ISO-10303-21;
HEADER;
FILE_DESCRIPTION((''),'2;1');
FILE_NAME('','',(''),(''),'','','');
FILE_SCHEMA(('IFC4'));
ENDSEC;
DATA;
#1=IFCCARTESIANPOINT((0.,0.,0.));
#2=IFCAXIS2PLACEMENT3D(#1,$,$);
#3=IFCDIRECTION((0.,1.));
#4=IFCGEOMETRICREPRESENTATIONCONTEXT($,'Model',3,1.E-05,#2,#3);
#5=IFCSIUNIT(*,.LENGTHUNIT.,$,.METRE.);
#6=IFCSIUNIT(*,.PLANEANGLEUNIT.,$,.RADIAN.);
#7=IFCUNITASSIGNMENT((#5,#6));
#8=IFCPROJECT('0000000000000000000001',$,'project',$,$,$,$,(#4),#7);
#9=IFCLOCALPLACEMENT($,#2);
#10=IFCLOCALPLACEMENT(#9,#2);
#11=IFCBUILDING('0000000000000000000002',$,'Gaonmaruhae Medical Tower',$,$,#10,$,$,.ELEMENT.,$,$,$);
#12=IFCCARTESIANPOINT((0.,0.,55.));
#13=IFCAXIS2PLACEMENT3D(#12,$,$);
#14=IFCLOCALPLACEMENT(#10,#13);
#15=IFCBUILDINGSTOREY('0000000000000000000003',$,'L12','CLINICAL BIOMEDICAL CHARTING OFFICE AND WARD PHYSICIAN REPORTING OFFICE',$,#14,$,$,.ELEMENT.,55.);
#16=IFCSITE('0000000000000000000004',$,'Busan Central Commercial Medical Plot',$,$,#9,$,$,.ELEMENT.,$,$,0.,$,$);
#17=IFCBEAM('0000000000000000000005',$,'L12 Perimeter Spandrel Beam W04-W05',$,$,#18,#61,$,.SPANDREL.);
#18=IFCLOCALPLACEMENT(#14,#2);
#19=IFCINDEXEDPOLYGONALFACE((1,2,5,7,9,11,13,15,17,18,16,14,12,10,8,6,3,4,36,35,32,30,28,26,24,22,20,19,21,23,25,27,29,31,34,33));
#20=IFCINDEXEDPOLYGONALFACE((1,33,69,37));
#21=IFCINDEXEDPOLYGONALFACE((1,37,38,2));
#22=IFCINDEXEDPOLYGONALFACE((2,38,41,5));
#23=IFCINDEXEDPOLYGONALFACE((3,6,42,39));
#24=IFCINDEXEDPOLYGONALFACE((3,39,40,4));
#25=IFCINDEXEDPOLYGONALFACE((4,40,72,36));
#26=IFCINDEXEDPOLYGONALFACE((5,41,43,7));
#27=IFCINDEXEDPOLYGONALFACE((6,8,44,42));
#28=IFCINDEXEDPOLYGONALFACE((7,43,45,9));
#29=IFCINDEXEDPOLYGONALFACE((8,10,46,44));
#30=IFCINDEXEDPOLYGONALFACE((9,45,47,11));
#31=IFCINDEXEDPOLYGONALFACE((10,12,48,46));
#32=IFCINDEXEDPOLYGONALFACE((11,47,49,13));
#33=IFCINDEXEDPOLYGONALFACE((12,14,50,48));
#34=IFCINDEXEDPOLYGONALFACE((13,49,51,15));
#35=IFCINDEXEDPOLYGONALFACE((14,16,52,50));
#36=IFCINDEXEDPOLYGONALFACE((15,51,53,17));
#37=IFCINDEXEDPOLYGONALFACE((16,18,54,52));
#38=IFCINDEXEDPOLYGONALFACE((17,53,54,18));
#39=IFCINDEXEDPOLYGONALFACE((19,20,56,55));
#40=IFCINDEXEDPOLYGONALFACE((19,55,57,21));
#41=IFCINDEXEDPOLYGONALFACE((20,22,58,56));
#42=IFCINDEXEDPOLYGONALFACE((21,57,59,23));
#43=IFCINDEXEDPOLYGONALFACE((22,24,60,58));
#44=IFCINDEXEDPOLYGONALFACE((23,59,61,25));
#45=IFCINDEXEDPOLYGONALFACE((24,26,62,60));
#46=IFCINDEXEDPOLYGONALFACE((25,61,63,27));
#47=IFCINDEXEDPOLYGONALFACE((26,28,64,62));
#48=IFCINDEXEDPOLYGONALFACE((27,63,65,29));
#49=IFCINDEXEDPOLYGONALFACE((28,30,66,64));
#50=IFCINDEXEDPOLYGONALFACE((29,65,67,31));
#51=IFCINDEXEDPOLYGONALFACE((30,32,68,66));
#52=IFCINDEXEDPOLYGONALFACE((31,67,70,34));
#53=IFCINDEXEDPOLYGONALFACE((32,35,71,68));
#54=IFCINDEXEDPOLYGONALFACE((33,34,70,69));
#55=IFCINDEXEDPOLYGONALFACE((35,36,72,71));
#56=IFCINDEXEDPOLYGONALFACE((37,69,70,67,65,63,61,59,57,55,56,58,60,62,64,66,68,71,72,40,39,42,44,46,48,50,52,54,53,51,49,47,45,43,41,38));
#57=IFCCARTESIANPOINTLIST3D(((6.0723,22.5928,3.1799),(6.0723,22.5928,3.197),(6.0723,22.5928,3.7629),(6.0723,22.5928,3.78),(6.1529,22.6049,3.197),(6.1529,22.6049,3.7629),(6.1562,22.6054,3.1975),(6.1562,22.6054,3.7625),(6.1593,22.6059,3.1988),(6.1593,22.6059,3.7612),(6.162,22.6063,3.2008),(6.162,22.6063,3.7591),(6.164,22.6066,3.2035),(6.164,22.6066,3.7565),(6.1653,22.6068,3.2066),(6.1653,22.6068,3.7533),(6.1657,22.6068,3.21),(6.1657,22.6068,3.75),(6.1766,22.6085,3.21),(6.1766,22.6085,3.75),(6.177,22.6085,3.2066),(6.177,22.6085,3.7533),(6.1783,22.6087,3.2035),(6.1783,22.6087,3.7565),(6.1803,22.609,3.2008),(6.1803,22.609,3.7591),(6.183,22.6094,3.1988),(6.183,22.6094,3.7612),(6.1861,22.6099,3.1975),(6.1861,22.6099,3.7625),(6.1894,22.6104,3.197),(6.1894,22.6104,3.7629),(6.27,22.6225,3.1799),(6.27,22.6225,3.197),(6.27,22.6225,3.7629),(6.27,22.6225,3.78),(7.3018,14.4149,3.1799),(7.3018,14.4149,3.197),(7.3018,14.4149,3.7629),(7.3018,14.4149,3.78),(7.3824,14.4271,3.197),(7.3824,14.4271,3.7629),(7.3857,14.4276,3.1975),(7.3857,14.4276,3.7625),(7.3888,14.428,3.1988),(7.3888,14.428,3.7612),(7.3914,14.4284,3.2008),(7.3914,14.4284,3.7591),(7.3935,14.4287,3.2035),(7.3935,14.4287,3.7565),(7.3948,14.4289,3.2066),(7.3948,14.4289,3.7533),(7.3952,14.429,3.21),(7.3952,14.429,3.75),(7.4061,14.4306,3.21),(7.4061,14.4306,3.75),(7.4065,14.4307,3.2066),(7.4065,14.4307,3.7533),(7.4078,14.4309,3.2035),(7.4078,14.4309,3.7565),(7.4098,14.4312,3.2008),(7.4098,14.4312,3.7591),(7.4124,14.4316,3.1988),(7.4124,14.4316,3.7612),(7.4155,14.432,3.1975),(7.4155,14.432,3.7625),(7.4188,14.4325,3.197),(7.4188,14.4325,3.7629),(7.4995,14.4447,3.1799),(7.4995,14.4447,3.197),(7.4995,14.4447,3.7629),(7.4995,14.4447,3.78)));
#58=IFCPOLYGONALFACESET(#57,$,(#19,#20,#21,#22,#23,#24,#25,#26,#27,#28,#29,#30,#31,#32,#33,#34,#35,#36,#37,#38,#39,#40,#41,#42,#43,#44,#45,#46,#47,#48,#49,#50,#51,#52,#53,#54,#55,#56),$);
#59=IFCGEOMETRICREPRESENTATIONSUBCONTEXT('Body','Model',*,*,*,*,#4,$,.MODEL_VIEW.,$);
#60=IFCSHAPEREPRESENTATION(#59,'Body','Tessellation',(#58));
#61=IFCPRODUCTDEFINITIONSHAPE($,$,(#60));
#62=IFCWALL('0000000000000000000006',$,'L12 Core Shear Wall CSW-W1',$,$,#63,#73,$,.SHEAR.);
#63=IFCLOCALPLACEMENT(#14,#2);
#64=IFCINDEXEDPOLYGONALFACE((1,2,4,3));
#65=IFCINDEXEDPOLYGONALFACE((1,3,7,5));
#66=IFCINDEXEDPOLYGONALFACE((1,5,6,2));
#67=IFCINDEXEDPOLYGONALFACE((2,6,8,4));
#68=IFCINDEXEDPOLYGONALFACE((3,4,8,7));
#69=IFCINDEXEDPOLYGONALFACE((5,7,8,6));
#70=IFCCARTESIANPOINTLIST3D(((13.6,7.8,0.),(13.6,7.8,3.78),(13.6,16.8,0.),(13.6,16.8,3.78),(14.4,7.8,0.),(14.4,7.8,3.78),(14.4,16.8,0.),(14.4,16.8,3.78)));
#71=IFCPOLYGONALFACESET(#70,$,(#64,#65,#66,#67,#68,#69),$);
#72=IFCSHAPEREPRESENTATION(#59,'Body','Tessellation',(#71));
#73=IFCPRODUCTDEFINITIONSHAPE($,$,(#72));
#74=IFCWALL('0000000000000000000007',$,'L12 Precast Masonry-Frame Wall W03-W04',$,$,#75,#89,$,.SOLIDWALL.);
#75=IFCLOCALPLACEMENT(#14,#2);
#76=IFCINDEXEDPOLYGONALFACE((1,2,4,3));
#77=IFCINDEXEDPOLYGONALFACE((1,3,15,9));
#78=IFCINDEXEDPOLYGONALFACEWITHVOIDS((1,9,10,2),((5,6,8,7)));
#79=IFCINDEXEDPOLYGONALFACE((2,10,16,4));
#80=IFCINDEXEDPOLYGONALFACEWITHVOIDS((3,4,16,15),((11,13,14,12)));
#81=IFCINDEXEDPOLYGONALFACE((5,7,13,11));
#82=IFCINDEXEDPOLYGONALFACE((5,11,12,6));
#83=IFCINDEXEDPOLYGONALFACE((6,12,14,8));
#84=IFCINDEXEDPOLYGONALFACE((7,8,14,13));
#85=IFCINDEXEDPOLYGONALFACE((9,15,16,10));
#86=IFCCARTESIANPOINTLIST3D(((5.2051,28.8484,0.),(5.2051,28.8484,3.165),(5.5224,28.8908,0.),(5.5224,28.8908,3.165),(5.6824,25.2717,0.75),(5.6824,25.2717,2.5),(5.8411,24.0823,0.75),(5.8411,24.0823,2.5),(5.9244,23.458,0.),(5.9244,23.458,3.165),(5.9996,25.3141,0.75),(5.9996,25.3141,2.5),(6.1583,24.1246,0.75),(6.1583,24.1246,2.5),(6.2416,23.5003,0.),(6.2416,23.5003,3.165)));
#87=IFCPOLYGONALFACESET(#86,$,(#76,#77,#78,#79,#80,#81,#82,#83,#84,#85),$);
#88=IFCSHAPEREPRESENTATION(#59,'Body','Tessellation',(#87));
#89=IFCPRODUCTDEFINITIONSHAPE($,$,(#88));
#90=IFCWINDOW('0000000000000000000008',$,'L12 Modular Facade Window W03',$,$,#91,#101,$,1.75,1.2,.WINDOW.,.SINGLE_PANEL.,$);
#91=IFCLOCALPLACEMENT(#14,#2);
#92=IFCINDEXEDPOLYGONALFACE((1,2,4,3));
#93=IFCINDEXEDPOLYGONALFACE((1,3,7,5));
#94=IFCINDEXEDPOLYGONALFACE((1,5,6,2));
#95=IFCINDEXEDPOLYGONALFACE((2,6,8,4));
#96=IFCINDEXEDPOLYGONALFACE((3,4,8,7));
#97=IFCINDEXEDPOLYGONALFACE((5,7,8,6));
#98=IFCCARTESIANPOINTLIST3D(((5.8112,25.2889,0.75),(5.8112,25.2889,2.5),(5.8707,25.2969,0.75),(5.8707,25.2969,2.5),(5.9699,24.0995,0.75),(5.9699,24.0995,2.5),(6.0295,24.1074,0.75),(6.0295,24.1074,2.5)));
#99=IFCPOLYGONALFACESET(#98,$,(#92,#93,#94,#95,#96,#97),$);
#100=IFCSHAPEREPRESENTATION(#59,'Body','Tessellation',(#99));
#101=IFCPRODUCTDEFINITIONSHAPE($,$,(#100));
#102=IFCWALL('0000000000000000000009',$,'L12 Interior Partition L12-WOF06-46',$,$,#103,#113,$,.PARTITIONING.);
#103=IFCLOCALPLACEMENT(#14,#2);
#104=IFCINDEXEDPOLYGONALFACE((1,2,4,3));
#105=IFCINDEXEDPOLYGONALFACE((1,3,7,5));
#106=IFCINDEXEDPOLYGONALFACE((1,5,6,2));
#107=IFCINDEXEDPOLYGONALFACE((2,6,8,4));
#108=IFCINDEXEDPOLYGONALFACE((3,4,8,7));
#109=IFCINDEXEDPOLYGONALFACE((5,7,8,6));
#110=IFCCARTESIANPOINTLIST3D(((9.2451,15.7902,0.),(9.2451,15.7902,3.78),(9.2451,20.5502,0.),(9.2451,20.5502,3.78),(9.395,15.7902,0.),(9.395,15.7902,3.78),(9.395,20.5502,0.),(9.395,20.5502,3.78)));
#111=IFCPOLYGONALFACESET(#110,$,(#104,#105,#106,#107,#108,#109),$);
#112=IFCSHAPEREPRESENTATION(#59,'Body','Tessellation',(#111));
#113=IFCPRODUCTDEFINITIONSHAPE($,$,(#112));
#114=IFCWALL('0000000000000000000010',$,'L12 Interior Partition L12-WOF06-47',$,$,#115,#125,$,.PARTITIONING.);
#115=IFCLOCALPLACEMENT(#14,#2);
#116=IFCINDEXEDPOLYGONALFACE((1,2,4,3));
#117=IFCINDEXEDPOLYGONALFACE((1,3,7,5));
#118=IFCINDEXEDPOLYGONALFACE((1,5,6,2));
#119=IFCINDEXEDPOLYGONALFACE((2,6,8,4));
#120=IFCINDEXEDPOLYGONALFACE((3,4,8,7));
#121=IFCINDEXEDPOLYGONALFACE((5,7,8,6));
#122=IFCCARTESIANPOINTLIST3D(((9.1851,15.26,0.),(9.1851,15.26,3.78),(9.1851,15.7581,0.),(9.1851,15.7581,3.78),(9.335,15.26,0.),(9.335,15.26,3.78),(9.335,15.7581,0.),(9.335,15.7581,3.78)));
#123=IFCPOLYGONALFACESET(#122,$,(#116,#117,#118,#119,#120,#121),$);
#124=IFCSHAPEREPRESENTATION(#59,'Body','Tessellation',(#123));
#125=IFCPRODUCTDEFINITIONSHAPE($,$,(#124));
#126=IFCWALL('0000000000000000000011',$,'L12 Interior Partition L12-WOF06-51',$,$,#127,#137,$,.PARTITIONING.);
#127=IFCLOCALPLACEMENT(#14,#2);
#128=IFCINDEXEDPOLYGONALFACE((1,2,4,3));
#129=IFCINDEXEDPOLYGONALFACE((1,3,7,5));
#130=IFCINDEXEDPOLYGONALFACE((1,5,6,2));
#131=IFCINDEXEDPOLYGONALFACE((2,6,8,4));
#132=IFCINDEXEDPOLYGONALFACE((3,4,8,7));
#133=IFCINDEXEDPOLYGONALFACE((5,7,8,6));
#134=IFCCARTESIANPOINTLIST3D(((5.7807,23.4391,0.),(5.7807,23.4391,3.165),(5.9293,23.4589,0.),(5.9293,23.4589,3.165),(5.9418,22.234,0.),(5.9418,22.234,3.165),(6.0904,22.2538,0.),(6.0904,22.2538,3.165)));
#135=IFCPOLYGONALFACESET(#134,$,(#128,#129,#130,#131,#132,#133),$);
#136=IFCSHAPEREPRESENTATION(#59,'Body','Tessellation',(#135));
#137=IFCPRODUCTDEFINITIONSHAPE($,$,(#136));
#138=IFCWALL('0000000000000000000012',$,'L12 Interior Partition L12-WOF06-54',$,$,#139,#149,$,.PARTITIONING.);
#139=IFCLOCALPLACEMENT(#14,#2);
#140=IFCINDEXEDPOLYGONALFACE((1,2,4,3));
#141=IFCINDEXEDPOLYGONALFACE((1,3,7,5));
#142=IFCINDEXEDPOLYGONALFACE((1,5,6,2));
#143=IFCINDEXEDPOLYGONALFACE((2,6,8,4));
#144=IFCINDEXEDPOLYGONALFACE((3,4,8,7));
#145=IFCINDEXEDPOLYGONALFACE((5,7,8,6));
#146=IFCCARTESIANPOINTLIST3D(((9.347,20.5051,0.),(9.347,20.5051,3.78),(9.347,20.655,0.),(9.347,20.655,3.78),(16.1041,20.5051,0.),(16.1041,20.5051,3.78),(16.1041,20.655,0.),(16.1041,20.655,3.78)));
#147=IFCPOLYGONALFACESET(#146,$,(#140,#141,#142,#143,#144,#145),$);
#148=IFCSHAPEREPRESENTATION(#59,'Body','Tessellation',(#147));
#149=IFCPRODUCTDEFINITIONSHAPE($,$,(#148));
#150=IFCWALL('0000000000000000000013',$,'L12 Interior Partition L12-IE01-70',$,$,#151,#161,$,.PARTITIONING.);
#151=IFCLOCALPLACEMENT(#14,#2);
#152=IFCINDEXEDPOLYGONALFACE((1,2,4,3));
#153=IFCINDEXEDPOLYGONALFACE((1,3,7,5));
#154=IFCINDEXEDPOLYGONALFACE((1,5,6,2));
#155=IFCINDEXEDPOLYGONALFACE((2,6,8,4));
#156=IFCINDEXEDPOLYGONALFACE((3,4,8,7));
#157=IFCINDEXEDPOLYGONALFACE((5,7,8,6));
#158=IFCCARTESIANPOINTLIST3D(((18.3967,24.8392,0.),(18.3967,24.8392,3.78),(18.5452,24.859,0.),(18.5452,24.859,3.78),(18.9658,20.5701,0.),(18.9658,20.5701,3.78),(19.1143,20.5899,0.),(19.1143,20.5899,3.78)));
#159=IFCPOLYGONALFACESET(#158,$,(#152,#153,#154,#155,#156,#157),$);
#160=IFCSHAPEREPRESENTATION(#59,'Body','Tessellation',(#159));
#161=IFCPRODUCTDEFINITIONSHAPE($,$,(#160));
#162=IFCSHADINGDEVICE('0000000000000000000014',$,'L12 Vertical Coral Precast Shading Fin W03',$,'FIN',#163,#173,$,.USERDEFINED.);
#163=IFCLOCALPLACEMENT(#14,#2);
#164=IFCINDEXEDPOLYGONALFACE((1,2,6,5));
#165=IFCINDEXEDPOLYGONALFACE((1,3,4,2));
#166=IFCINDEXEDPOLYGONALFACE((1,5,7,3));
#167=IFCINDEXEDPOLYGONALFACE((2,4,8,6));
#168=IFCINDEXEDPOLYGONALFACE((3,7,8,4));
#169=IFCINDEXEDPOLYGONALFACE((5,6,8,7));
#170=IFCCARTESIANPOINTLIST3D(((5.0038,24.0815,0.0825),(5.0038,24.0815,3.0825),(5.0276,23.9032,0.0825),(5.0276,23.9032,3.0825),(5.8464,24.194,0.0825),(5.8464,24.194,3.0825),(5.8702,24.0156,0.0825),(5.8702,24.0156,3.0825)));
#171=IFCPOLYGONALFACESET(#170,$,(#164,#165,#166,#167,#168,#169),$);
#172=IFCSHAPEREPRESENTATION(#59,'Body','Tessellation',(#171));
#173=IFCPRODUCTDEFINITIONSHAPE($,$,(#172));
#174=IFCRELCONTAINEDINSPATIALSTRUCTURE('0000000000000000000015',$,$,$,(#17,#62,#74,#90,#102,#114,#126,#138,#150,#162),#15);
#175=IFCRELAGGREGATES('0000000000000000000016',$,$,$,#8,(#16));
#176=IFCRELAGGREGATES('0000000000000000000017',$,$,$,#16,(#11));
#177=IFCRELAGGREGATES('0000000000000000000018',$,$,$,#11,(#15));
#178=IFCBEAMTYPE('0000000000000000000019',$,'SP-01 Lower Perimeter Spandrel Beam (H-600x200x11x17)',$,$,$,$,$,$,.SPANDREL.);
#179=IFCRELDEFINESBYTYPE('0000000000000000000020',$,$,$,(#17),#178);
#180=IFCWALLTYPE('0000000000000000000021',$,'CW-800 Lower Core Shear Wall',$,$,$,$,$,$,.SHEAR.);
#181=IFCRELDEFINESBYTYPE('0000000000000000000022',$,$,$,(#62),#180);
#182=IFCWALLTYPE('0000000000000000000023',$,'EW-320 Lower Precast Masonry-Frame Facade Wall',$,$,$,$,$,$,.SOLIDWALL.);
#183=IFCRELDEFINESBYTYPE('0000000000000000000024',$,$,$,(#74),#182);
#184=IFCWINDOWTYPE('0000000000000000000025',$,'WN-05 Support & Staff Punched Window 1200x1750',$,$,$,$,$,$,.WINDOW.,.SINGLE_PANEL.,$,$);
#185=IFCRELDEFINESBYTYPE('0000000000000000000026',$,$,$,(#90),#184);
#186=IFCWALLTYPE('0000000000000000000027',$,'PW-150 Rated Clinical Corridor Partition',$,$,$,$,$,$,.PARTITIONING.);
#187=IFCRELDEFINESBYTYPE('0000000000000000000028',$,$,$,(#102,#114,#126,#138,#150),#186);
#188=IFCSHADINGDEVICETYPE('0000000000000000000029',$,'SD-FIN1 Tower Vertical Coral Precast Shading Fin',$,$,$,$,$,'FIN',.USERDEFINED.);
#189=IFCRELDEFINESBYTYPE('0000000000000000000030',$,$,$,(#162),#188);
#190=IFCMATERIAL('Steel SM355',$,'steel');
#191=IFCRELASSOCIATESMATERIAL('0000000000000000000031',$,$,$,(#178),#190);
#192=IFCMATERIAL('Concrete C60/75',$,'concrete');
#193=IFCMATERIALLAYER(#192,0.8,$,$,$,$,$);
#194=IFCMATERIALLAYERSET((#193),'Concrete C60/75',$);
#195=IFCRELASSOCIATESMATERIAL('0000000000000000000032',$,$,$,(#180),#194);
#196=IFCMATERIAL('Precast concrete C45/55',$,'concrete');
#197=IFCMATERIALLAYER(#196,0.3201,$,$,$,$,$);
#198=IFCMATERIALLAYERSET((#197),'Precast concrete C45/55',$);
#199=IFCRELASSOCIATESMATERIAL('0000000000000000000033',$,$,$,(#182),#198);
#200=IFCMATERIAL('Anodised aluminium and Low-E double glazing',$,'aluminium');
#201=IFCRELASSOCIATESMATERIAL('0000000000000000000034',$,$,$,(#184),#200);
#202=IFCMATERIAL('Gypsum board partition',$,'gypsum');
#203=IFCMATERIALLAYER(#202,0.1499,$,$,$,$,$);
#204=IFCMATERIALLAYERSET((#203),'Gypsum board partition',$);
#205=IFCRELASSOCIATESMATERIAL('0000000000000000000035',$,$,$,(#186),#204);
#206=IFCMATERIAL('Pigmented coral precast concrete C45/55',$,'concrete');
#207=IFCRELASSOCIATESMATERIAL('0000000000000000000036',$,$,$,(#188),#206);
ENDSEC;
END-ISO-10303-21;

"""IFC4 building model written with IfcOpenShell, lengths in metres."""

from ifc_helpers import new_model, si_unit, direction, frame, frame_2d, origin, origin_2d, place, context, subcontext, project, spatial, rectangle, i_section, extrude, material, layer, layer_set, material_profile, profile_set, type_object, element, fill, save


model = new_model("IFC4")

# Units and contexts
model_context = context("Model", 3, precision=1e-05, world=origin(), true_north=direction((0.0, 1.0)))
body_context = subcontext(model_context, "Body", "Model", "MODEL_VIEW")
ifc_project = project(units=[si_unit("LENGTHUNIT", "METRE"), si_unit("PLANEANGLEUNIT", "RADIAN")], contexts=[model_context])

# Site, building, storey
site_placement = place(None, origin())
site = spatial("IfcSite", under=ifc_project, at=site_placement, Name="Busan Central Commercial Medical Plot", CompositionType="ELEMENT", RefElevation=0.0)
building_placement = place(site_placement, origin())
building = spatial("IfcBuilding", under=site, at=building_placement, Name="Gaonmaruhae Medical Tower", CompositionType="ELEMENT")
storey_placement = place(building_placement, frame((0.0, 0.0, 55.0)))
storey = spatial("IfcBuildingStorey", under=building, at=storey_placement, Name="L12", Description="CLINICAL BIOMEDICAL CHARTING OFFICE AND WARD PHYSICIAN REPORTING OFFICE", CompositionType="ELEMENT", Elevation=55.0)

# Shared definitions
ifc_material_1 = material(Name="Concrete C60/75", Category="concrete")

# Beam
ifc_material_2 = material(Name="Steel SM355", Category="steel")
ifc_material_profile_1 = material_profile(ifc_material_2, i_section(OverallWidth=0.2, OverallDepth=0.6001, WebThickness=0.011, FlangeThickness=0.0171, FilletRadius=0.0129, at=origin_2d()), Name="H-600x200x11x17")
ifc_profile_set_1 = profile_set([ifc_material_profile_1], Name="Steel SM355")
beam_type_1 = type_object("IfcBeamType", Name="SP-01 Lower Perimeter Spandrel Beam (H-600x200x11x17)", PredefinedType="SPANDREL", material=ifc_profile_set_1)
beam_1_placement = place(storey_placement, frame((6.1711, 22.6077, 3.48), z_axis=(0.148671, -0.988887, 0.0), x_axis=(0.988887, 0.148671, 0.0)))
element("IfcBeam", 1, at=beam_1_placement, inside=storey, type_object=beam_type_1, Name="L12 Perimeter Spandrel Beam W04-W05", PredefinedType="SPANDREL", context=body_context, shape_type="SweptSolid", body=[
    extrude(i_section(OverallWidth=0.2, OverallDepth=0.6001, WebThickness=0.011, FlangeThickness=0.0171, FilletRadius=0.0129, at=origin_2d()), origin(), (0.0, 0.0, 1.0), 8.2698),
])

# Wall
ifc_layer_1 = layer(ifc_material_1, 0.8)
ifc_layer_set_1 = layer_set([ifc_layer_1], Name="Concrete C60/75")
wall_type_1 = type_object("IfcWallType", Name="CW-800 Lower Core Shear Wall", PredefinedType="SHEAR", material=ifc_layer_set_1)
wall_1_placement = place(storey_placement, frame((14.0, 16.8, 0.0), z_axis=(0.0, 0.0, 1.0), x_axis=(0.0, -1.0, 0.0)))
element("IfcWall", 2, at=wall_1_placement, inside=storey, type_object=wall_type_1, Name="L12 Core Shear Wall CSW-W1", PredefinedType="SHEAR", context=body_context, shape_type="SweptSolid", body=[
    extrude(rectangle(XDim=9.0, YDim=0.8, at=frame_2d((4.5, 0.0))), origin(), (0.0, 0.0, 1.0), 3.78),
])

# Wall, opening, window
ifc_material_3 = material(Name="Precast concrete C45/55", Category="concrete")
ifc_layer_2 = layer(ifc_material_3, 0.3201)
ifc_layer_set_2 = layer_set([ifc_layer_2], Name="Precast concrete C45/55")
wall_type_2 = type_object("IfcWallType", Name="EW-320 Lower Precast Masonry-Frame Facade Wall", PredefinedType="SOLIDWALL", material=ifc_layer_set_2)
wall_2_placement = place(storey_placement, frame((6.083, 23.479, 0.0), z_axis=(0.0, 0.0, 1.0), x_axis=(-0.132258, 0.991215, 0.0)))
wall_2 = element("IfcWall", 3, at=wall_2_placement, inside=storey, type_object=wall_type_2, Name="L12 Precast Masonry-Frame Wall W03-W04", PredefinedType="SOLIDWALL", context=body_context, shape_type="SweptSolid", body=[
    extrude(rectangle(XDim=5.4382, YDim=0.3201, at=frame_2d((2.7192, 0.0))), origin(), (0.0, 0.0, 1.0), 3.165),
])
opening_1_placement = place(wall_2_placement, frame((0.6299, 0.0, 0.75)))
opening_1 = element("IfcOpeningElement", 4, at=opening_1_placement, cuts=wall_2, PredefinedType="OPENING", context=body_context, shape_type="SweptSolid", body=[
    extrude(rectangle(XDim=1.2, YDim=1.75, at=frame_2d((0.6001, 0.875))), frame((0.0, 0.1699, 0.0), z_axis=(0.0, -1.0, 0.0), x_axis=(1.0, 0.0, 0.0)), (0.0, 0.0, 1.0), 0.3401),
])
ifc_material_4 = material(Name="Anodised aluminium and Low-E double glazing", Category="aluminium")
window_type = type_object("IfcWindowType", Name="WN-05 Support & Staff Punched Window 1200x1750", PartitioningType="SINGLE_PANEL", PredefinedType="WINDOW", material=ifc_material_4)
window_placement = place(opening_1_placement, origin())
window = element("IfcWindow", 5, at=window_placement, inside=storey, type_object=window_type, Name="L12 Modular Facade Window W03", OverallHeight=1.75, OverallWidth=1.2, PartitioningType="SINGLE_PANEL", PredefinedType="WINDOW", context=body_context, shape_type="SweptSolid", body=[
    extrude(rectangle(XDim=1.2, YDim=1.75, at=frame_2d((0.6001, 0.875))), frame((0.0, 0.03, 0.0), z_axis=(0.0, -1.0, 0.0), x_axis=(1.0, 0.0, 0.0)), (0.0, 0.0, 1.0), 0.0601),
])
fill(opening_1, window)

# Walls
ifc_material_5 = material(Name="Gypsum board partition", Category="gypsum")
ifc_layer_3 = layer(ifc_material_5, 0.1499)
ifc_layer_set_3 = layer_set([ifc_layer_3], Name="Gypsum board partition")
wall_type_3 = type_object("IfcWallType", Name="PW-150 Rated Clinical Corridor Partition", PredefinedType="PARTITIONING", material=ifc_layer_set_3)
wall_3_placement = place(storey_placement, frame((9.3201, 20.55, 0.0), z_axis=(0.0, 0.0, 1.0), x_axis=(0.0, -1.0, 0.0)))
element("IfcWall", 6, at=wall_3_placement, inside=storey, type_object=wall_type_3, Name="L12 Interior Partition L12-WOF06-46", PredefinedType="PARTITIONING", context=body_context, shape_type="SweptSolid", body=[
    extrude(rectangle(XDim=4.76, YDim=0.1499, at=frame_2d((2.3799, 0.0))), origin(), (0.0, 0.0, 1.0), 3.78),
])
wall_4_placement = place(storey_placement, frame((9.26, 15.7581, 0.0), z_axis=(0.0, 0.0, 1.0), x_axis=(0.0, -1.0, 0.0)))
element("IfcWall", 7, at=wall_4_placement, inside=storey, type_object=wall_type_3, Name="L12 Interior Partition L12-WOF06-47", PredefinedType="PARTITIONING", context=body_context, shape_type="SweptSolid", body=[
    extrude(rectangle(XDim=0.498, YDim=0.1499, at=frame_2d((0.249, 0.0))), origin(), (0.0, 0.0, 1.0), 3.78),
])
wall_5_placement = place(storey_placement, frame((6.0161, 22.2439, 0.0), z_axis=(0.0, 0.0, 1.0), x_axis=(-0.132532, 0.991179, 0.0)))
element("IfcWall", 8, at=wall_5_placement, inside=storey, type_object=wall_type_3, Name="L12 Interior Partition L12-WOF06-51", PredefinedType="PARTITIONING", context=body_context, shape_type="SweptSolid", body=[
    extrude(rectangle(XDim=1.2158, YDim=0.1499, at=frame_2d((0.6079, 0.0))), origin(), (0.0, 0.0, 1.0), 3.165),
])
wall_6_placement = place(storey_placement, frame((16.104, 20.5801, 0.0), z_axis=(0.0, 0.0, 1.0), x_axis=(-1.0, 0.0, 0.0)))
element("IfcWall", 9, at=wall_6_placement, inside=storey, type_object=wall_type_3, Name="L12 Interior Partition L12-WOF06-54", PredefinedType="PARTITIONING", context=body_context, shape_type="SweptSolid", body=[
    extrude(rectangle(XDim=6.7571, YDim=0.1499, at=frame_2d((3.3784, 0.0))), origin(), (0.0, 0.0, 1.0), 3.78),
])
wall_7_placement = place(storey_placement, frame((19.04, 20.5801, 0.0), z_axis=(0.0, 0.0, 1.0), x_axis=(-0.132138, 0.991231, 0.0)))
element("IfcWall", 10, at=wall_7_placement, inside=storey, type_object=wall_type_3, Name="L12 Interior Partition L12-IE01-70", PredefinedType="PARTITIONING", context=body_context, shape_type="SweptSolid", body=[
    extrude(rectangle(XDim=4.3069, YDim=0.1499, at=frame_2d((2.1533, 0.0))), origin(), (0.0, 0.0, 1.0), 3.78),
])

# Shading device
ifc_material_6 = material(Name="Pigmented coral precast concrete C45/55", Category="concrete")
shading_device_type = type_object("IfcShadingDeviceType", Name="SD-FIN1 Tower Vertical Coral Precast Shading Fin", ElementType="FIN", PredefinedType="USERDEFINED", material=ifc_material_6)
shading_device_placement = place(storey_placement, frame((5.437, 24.0486, 0.0825), z_axis=(0.0, 0.0, 1.0), x_axis=(-0.132256, 0.991216, 0.0)))
element("IfcShadingDevice", 11, at=shading_device_placement, inside=storey, type_object=shading_device_type, Name="L12 Vertical Coral Precast Shading Fin W03", ObjectType="FIN", PredefinedType="USERDEFINED", context=body_context, shape_type="SweptSolid", body=[
    extrude(rectangle(XDim=0.1799, YDim=0.8501, at=origin_2d()), origin(), (0.0, 0.0, 1.0), 3.0),
])

save(model, "model.ifc")
